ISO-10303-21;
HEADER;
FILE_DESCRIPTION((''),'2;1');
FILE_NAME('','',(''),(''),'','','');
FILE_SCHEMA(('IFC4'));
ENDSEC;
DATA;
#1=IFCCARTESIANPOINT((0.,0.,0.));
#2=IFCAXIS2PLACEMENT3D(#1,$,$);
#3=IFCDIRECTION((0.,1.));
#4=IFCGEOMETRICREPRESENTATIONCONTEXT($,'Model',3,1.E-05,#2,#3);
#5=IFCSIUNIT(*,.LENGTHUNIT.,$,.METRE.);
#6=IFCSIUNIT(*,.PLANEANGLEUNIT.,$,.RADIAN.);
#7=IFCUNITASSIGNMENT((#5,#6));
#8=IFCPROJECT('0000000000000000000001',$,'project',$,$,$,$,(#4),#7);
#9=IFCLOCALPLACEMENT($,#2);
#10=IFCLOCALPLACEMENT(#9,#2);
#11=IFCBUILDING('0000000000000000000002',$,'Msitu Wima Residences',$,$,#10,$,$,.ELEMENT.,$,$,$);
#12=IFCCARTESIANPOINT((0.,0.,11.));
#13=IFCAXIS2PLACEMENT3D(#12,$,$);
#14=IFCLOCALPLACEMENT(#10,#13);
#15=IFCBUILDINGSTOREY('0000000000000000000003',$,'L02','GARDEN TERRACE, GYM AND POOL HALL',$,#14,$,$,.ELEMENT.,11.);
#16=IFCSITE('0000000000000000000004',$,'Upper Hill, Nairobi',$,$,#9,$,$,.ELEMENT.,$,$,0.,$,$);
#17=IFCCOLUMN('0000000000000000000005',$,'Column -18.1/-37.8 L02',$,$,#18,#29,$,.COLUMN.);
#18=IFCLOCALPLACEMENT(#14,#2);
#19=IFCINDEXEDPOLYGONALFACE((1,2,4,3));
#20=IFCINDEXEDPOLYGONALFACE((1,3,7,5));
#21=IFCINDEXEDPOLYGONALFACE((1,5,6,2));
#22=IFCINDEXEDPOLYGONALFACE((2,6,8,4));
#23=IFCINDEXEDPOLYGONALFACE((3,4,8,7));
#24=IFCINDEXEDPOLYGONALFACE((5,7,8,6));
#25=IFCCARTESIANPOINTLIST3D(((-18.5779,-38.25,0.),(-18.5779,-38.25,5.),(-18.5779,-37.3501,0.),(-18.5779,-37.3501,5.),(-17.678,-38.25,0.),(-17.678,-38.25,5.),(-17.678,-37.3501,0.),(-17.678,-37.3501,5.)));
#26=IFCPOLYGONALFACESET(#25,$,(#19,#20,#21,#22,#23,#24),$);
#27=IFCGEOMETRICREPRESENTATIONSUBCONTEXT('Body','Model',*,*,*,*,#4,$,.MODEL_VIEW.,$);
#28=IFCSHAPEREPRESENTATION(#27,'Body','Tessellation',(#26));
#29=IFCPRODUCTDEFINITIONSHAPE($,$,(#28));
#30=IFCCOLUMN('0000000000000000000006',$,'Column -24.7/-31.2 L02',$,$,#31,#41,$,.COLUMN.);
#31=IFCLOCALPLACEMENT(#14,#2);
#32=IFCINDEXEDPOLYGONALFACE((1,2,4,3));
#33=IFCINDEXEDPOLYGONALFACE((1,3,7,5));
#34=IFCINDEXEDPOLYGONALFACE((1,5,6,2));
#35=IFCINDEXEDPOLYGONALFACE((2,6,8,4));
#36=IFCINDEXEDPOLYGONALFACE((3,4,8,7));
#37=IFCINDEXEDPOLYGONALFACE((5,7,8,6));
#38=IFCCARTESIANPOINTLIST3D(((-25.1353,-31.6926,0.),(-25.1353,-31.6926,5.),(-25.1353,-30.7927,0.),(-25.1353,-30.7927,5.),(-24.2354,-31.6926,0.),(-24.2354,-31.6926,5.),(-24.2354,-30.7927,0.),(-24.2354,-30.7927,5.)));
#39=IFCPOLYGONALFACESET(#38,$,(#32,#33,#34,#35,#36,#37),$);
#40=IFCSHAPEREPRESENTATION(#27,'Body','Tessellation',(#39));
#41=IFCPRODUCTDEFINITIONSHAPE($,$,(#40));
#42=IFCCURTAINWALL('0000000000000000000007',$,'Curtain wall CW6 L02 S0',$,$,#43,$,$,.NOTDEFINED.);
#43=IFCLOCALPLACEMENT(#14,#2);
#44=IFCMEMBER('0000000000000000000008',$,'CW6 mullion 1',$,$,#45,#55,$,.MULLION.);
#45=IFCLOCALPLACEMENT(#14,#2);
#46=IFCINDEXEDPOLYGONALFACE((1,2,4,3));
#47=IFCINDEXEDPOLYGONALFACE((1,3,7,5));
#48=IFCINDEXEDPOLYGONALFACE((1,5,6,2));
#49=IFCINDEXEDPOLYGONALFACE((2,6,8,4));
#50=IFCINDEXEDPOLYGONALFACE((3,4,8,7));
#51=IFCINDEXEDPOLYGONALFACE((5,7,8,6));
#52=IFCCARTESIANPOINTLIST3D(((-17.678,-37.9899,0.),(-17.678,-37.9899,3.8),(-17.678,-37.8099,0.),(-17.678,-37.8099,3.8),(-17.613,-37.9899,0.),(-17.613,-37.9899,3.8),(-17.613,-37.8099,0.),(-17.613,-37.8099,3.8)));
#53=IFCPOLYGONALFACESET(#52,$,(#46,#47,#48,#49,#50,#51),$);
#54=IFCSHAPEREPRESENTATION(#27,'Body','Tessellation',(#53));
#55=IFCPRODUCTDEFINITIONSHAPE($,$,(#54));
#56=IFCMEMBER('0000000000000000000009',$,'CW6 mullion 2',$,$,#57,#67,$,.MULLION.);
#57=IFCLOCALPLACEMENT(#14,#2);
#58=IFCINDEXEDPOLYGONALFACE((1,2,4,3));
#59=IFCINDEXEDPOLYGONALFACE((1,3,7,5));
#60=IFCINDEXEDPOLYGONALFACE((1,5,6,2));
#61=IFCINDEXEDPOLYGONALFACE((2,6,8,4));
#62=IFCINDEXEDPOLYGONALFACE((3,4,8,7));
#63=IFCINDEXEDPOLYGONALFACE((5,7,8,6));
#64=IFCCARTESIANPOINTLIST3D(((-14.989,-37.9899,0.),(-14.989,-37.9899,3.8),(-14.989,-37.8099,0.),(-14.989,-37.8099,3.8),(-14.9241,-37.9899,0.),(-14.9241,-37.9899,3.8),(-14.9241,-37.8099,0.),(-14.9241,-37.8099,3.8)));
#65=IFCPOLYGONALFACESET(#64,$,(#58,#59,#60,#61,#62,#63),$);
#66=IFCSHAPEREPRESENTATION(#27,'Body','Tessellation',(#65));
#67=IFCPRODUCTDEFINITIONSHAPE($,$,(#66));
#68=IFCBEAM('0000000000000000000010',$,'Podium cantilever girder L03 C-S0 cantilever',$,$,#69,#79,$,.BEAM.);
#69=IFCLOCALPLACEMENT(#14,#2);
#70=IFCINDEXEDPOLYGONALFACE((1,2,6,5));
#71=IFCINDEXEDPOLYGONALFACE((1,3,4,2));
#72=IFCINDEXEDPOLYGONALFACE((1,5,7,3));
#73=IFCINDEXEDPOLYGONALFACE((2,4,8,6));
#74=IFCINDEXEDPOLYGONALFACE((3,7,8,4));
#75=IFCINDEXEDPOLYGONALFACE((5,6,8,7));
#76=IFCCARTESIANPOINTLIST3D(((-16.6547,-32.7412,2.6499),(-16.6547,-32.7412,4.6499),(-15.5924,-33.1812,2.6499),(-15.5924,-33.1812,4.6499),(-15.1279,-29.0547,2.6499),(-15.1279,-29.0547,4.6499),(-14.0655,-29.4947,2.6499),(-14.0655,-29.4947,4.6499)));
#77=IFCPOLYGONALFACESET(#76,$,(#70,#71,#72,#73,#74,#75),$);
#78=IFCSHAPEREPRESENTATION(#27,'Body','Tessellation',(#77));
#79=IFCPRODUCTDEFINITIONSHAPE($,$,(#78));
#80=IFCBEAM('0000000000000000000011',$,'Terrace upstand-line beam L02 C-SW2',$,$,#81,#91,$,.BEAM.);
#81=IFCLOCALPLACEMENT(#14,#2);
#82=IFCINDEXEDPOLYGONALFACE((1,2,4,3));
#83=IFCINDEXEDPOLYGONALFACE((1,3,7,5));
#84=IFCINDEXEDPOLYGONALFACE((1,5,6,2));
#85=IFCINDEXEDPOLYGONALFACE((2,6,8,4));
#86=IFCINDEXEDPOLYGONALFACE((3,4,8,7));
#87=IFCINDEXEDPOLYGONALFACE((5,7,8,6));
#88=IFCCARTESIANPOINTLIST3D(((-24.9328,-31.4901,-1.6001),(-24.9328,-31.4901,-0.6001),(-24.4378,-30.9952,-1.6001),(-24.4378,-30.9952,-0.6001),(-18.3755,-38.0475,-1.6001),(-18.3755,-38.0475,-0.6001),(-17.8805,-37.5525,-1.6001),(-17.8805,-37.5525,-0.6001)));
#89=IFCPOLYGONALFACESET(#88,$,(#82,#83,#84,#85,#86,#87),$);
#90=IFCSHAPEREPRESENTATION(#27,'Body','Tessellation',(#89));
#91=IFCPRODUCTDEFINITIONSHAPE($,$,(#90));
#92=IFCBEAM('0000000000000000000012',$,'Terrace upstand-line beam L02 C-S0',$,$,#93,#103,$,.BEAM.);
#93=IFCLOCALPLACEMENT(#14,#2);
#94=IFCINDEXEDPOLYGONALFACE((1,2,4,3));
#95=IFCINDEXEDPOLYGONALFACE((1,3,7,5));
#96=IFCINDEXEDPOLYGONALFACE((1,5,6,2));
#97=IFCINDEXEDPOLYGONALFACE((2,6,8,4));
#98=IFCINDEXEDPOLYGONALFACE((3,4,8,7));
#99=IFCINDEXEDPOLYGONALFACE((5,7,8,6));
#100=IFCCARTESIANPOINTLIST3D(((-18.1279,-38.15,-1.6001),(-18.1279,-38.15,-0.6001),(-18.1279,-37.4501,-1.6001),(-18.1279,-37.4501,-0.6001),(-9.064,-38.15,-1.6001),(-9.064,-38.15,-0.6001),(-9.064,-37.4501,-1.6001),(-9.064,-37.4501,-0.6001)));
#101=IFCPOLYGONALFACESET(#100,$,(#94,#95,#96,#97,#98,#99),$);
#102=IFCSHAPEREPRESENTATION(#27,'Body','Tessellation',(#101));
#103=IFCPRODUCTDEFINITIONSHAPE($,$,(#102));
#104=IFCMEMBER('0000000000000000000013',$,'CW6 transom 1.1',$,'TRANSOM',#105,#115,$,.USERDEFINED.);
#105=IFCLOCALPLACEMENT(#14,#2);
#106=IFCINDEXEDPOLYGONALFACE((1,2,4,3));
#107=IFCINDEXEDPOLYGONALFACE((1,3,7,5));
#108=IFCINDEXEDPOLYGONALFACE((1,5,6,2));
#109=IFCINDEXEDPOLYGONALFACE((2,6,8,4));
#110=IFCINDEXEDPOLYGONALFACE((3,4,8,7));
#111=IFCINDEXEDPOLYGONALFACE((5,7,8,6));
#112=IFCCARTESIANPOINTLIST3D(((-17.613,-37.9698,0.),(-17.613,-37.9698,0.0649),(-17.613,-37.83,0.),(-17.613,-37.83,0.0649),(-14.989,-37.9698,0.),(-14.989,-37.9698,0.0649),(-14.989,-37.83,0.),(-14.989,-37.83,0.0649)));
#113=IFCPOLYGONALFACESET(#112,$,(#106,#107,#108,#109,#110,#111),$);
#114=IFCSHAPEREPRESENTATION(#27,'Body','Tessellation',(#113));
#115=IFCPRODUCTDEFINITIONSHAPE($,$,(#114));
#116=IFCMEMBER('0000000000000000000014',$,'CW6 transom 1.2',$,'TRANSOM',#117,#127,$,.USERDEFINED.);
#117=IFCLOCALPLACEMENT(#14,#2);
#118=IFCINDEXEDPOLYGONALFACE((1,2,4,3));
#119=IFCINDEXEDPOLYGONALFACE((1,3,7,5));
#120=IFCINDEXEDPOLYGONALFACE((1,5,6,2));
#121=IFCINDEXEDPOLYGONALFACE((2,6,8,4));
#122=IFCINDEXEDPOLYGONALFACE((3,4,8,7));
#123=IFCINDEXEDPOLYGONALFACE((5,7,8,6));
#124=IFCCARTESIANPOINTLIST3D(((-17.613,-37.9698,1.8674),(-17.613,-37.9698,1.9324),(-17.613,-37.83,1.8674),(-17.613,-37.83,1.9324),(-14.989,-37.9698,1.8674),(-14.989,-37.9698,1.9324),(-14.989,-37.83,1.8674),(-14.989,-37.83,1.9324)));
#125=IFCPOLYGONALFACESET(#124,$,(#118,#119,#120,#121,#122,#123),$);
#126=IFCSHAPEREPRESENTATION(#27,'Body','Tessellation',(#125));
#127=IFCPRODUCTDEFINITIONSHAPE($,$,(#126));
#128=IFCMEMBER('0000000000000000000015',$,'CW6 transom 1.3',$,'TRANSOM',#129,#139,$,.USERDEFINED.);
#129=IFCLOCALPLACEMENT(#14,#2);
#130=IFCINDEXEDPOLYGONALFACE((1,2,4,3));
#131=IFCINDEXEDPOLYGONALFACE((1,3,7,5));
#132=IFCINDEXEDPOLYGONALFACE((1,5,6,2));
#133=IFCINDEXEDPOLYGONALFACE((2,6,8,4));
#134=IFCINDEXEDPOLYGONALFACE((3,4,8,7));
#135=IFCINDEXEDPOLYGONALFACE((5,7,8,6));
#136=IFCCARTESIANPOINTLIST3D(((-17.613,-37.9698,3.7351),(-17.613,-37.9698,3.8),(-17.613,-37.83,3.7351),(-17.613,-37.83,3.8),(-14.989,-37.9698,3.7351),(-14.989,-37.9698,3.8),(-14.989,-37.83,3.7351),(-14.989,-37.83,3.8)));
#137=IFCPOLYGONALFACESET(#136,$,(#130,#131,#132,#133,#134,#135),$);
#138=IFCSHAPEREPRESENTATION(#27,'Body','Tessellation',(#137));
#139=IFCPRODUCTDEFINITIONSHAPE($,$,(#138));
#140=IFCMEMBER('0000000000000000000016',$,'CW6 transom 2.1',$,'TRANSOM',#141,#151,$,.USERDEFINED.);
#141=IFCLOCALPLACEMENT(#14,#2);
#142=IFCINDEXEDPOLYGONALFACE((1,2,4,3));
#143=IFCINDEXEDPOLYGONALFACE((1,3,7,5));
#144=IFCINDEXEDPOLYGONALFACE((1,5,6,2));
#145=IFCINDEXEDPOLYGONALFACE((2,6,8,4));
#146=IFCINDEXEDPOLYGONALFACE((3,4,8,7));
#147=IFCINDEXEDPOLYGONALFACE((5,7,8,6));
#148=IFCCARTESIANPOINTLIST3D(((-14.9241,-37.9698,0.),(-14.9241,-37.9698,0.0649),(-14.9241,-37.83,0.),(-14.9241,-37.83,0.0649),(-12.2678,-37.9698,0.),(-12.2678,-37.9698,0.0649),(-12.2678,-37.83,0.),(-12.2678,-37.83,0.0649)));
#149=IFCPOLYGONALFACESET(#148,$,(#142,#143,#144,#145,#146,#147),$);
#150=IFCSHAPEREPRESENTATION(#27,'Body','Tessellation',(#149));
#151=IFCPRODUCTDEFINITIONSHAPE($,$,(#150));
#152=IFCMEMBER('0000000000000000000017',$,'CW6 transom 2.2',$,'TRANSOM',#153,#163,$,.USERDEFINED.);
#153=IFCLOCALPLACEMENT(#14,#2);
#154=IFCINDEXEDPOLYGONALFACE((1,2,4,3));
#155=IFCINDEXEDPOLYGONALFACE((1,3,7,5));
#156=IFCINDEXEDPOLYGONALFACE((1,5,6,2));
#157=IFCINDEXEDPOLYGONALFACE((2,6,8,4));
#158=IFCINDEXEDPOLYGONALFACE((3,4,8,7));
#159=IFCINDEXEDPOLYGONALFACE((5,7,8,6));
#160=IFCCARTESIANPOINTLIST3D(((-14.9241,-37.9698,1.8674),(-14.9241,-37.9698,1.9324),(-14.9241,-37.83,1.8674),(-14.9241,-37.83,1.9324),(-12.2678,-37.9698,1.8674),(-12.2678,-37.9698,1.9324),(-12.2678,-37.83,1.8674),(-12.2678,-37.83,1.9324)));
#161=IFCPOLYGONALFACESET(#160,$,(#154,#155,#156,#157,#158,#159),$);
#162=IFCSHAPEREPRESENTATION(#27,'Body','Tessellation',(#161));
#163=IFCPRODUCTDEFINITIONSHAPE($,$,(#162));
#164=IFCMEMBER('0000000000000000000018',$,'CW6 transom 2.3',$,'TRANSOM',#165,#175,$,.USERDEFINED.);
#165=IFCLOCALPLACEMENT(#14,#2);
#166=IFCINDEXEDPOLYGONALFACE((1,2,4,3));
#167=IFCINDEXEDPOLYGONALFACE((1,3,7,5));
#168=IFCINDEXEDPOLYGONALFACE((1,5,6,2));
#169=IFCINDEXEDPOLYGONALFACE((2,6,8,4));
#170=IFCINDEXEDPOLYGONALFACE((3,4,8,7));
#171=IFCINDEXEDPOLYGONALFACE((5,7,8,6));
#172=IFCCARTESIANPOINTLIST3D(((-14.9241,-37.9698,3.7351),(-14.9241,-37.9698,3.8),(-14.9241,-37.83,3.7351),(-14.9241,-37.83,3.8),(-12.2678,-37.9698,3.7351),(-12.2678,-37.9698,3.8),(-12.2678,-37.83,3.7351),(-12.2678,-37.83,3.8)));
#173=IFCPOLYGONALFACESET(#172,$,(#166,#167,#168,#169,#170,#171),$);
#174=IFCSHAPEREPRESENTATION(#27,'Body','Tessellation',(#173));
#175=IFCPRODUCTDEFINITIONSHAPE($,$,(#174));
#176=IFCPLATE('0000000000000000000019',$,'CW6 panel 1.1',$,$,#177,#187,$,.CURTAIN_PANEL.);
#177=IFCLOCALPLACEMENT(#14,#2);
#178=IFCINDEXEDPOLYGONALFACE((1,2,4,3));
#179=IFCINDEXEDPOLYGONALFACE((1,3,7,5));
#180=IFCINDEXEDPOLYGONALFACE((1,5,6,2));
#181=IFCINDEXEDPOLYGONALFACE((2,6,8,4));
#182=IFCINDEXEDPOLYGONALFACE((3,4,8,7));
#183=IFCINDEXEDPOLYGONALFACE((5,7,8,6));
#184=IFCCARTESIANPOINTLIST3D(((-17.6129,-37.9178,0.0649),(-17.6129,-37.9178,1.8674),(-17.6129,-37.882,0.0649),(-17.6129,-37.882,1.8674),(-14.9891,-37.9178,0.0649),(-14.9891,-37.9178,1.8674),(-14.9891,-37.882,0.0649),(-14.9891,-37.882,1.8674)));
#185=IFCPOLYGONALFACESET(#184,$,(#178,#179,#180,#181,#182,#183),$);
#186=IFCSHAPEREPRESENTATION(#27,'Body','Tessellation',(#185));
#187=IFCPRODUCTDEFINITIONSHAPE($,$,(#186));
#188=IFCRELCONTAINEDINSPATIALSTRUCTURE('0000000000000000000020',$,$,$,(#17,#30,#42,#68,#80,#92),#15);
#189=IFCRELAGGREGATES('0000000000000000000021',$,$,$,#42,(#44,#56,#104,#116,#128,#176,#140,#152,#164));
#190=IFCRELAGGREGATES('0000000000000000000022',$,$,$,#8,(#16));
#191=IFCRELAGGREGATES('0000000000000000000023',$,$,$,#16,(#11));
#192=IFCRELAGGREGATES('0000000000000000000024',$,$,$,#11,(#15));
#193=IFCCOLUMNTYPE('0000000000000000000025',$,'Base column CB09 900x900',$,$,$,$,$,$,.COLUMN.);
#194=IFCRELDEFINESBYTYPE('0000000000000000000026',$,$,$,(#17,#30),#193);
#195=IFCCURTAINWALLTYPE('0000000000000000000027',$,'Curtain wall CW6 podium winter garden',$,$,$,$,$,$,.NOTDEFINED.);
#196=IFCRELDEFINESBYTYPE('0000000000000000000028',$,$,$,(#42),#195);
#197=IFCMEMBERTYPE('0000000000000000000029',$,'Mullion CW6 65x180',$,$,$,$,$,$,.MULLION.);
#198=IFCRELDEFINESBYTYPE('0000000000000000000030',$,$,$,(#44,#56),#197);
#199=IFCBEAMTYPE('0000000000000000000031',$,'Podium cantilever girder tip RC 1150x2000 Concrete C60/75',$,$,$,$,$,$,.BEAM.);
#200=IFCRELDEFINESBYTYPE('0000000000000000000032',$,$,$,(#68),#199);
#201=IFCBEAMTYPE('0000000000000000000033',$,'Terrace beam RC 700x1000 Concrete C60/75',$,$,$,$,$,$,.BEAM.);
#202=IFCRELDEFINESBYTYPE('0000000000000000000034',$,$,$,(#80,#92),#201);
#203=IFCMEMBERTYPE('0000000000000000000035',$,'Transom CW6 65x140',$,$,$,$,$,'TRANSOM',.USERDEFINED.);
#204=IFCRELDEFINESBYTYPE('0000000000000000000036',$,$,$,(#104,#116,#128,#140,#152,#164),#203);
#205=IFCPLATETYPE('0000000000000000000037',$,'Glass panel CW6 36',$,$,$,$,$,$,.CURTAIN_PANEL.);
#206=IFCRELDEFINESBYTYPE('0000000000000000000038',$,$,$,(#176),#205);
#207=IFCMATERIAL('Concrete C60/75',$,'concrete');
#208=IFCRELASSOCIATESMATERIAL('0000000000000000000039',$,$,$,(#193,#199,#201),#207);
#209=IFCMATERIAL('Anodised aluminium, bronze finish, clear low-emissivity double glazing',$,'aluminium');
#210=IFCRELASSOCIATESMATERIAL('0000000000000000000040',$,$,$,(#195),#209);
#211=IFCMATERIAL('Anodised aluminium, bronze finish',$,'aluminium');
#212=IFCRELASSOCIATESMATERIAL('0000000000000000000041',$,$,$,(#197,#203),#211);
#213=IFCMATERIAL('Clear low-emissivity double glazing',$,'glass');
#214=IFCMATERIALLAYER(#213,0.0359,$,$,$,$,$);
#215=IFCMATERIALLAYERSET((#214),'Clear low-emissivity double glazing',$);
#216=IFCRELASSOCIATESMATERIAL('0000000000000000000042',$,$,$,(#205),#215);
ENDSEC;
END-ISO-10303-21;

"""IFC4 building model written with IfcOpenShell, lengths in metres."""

from ifc_helpers import new_model, si_unit, direction, frame, origin, origin_2d, place, context, subcontext, project, spatial, rectangle, extrude, material, layer, layer_set, material_profile, profile_set, type_object, element, aggregate, save


model = new_model("IFC4")

# Units and contexts
model_context = context("Model", 3, precision=1e-05, world=origin(), true_north=direction((0.0, 1.0)))
body_context = subcontext(model_context, "Body", "Model", "MODEL_VIEW")
ifc_project = project(units=[si_unit("LENGTHUNIT", "METRE"), si_unit("PLANEANGLEUNIT", "RADIAN")], contexts=[model_context])

# Site, building, storey
site_placement = place(None, origin())
site = spatial("IfcSite", under=ifc_project, at=site_placement, Name="Upper Hill, Nairobi", CompositionType="ELEMENT", RefElevation=0.0)
building_placement = place(site_placement, origin())
building = spatial("IfcBuilding", under=site, at=building_placement, Name="Msitu Wima Residences", CompositionType="ELEMENT")
storey_placement = place(building_placement, frame((0.0, 0.0, 11.0)))
storey = spatial("IfcBuildingStorey", under=building, at=storey_placement, Name="L02", Description="GARDEN TERRACE, GYM AND POOL HALL", CompositionType="ELEMENT", Elevation=11.0)

# Columns
ifc_material_1 = material(Name="Concrete C60/75", Category="concrete")
ifc_material_profile_1 = material_profile(ifc_material_1, rectangle(XDim=0.8999, YDim=0.8999, at=origin_2d()), Name="RC 900x900")
ifc_profile_set_1 = profile_set([ifc_material_profile_1], Name="Concrete C60/75")
column_type = type_object("IfcColumnType", Name="Base column CB09 900x900", PredefinedType="COLUMN", material=ifc_profile_set_1)
for number, where, z_axis, x_axis, name in (
    (1, (-18.1279, -37.8, 0.0), (0.0, 0.0, 1.0), (1.0, 0.0, 0.0), "Column -18.1/-37.8 L02"),
    (2, (-24.6853, -31.2427, 0.0), (0.0, 0.0, 1.0), (1.0, 0.0, 0.0), "Column -24.7/-31.2 L02"),
):
    element("IfcColumn", number, at=place(storey_placement, frame(where, z_axis=z_axis, x_axis=x_axis)), inside=storey, type_object=column_type, Name=name, PredefinedType="COLUMN", context=body_context, shape_type="SweptSolid", body=[
        extrude(rectangle(XDim=0.8999, YDim=0.8999, at=origin_2d()), origin(), (0.0, 0.0, 1.0), 5.0),
    ])

# Curtain wall, members
ifc_material_2 = material(Name="Anodised aluminium, bronze finish, clear low-emissivity double glazing", Category="aluminium")
curtain_wall_type = type_object("IfcCurtainWallType", Name="Curtain wall CW6 podium winter garden", PredefinedType="NOTDEFINED", material=ifc_material_2)
curtain_wall_placement = place(storey_placement, origin())
curtain_wall = element("IfcCurtainWall", 3, at=curtain_wall_placement, inside=storey, type_object=curtain_wall_type, Name="Curtain wall CW6 L02 S0", PredefinedType="NOTDEFINED")
ifc_material_3 = material(Name="Anodised aluminium, bronze finish", Category="aluminium")
ifc_material_profile_2 = material_profile(ifc_material_3, rectangle(XDim=0.1799, YDim=0.0649, at=origin_2d()), Name="Mullion 65x180")
ifc_profile_set_2 = profile_set([ifc_material_profile_2], Name="Anodised aluminium, bronze finish")
member_type_1 = type_object("IfcMemberType", Name="Mullion CW6 65x180", PredefinedType="MULLION", material=ifc_profile_set_2)
member_1_placement = place(storey_placement, frame((-17.6455, -37.8999, 0.0), z_axis=(0.0, 0.0, 1.0), x_axis=(0.0, 1.0, 0.0)))
member_1 = element("IfcMember", 4, at=member_1_placement, type_object=member_type_1, Name="CW6 mullion 1", PredefinedType="MULLION", context=body_context, shape_type="SweptSolid", body=[
    extrude(rectangle(XDim=0.1799, YDim=0.0649, at=origin_2d()), origin(), (0.0, 0.0, 1.0), 3.8),
])
member_2_placement = place(storey_placement, frame((-14.9565, -37.8999, 0.0), z_axis=(0.0, 0.0, 1.0), x_axis=(0.0, 1.0, 0.0)))
member_2 = element("IfcMember", 5, at=member_2_placement, type_object=member_type_1, Name="CW6 mullion 2", PredefinedType="MULLION", context=body_context, shape_type="SweptSolid", body=[
    extrude(rectangle(XDim=0.1799, YDim=0.0649, at=origin_2d()), origin(), (0.0, 0.0, 1.0), 3.8),
])

# Beams
ifc_material_profile_3 = material_profile(ifc_material_1, rectangle(XDim=1.1499, YDim=2.0, at=origin_2d()), Name="RC 1150x2000")
ifc_profile_set_3 = profile_set([ifc_material_profile_3], Name="Concrete C60/75")
beam_type_1 = type_object("IfcBeamType", Name="Podium cantilever girder tip RC 1150x2000 Concrete C60/75", PredefinedType="BEAM", material=ifc_profile_set_3)
beam_1_placement = place(storey_placement, frame((-14.5967, -29.2747, 3.6499), z_axis=(-0.382651, -0.923893, 0.0), x_axis=(0.923893, -0.382651, 0.0)))
element("IfcBeam", 6, at=beam_1_placement, inside=storey, type_object=beam_type_1, Name="Podium cantilever girder L03 C-S0 cantilever", PredefinedType="BEAM", context=body_context, shape_type="SweptSolid", body=[
    extrude(rectangle(XDim=1.1499, YDim=2.0, at=origin_2d()), origin(), (0.0, 0.0, 1.0), 3.9902),
])
ifc_material_profile_4 = material_profile(ifc_material_1, rectangle(XDim=0.7, YDim=1.0, at=origin_2d()), Name="RC 700x1000")
ifc_profile_set_4 = profile_set([ifc_material_profile_4], Name="Concrete C60/75")
beam_type_2 = type_object("IfcBeamType", Name="Terrace beam RC 700x1000 Concrete C60/75", PredefinedType="BEAM", material=ifc_profile_set_4)
beam_2_placement = place(storey_placement, frame((-24.6853, -31.2427, -1.1001), z_axis=(0.707107, -0.707107, 0.0), x_axis=(0.707107, 0.707107, 0.0)))
element("IfcBeam", 7, at=beam_2_placement, inside=storey, type_object=beam_type_2, Name="Terrace upstand-line beam L02 C-SW2", PredefinedType="BEAM", context=body_context, shape_type="SweptSolid", body=[
    extrude(rectangle(XDim=0.7, YDim=1.0, at=origin_2d()), origin(), (0.0, 0.0, 1.0), 9.2734),
])
beam_3_placement = place(storey_placement, frame((-18.1279, -37.8, -1.1001), z_axis=(1.0, 0.0, 0.0), x_axis=(0.0, 1.0, 0.0)))
element("IfcBeam", 8, at=beam_3_placement, inside=storey, type_object=beam_type_2, Name="Terrace upstand-line beam L02 C-S0", PredefinedType="BEAM", context=body_context, shape_type="SweptSolid", body=[
    extrude(rectangle(XDim=0.7, YDim=1.0, at=origin_2d()), origin(), (0.0, 0.0, 1.0), 9.064),
])

# Members
ifc_material_profile_5 = material_profile(ifc_material_3, rectangle(XDim=0.1399, YDim=0.0649, at=origin_2d()), Name="Transom 65x140")
ifc_profile_set_5 = profile_set([ifc_material_profile_5], Name="Anodised aluminium, bronze finish")
member_type_2 = type_object("IfcMemberType", Name="Transom CW6 65x140", ElementType="TRANSOM", PredefinedType="USERDEFINED", material=ifc_profile_set_5)
member_3_placement = place(storey_placement, frame((-17.613, -37.8999, 0.0325), z_axis=(1.0, 0.0, 0.0), x_axis=(0.0, 1.0, 0.0)))
member_3 = element("IfcMember", 9, at=member_3_placement, type_object=member_type_2, Name="CW6 transom 1.1", ObjectType="TRANSOM", PredefinedType="USERDEFINED", context=body_context, shape_type="SweptSolid", body=[
    extrude(rectangle(XDim=0.1399, YDim=0.0649, at=origin_2d()), origin(), (0.0, 0.0, 1.0), 2.624),
])
member_4_placement = place(storey_placement, frame((-17.613, -37.8999, 1.8999), z_axis=(1.0, 0.0, 0.0), x_axis=(0.0, 1.0, 0.0)))
member_4 = element("IfcMember", 10, at=member_4_placement, type_object=member_type_2, Name="CW6 transom 1.2", ObjectType="TRANSOM", PredefinedType="USERDEFINED", context=body_context, shape_type="SweptSolid", body=[
    extrude(rectangle(XDim=0.1399, YDim=0.0649, at=origin_2d()), origin(), (0.0, 0.0, 1.0), 2.624),
])
member_5_placement = place(storey_placement, frame((-17.613, -37.8999, 3.7676), z_axis=(1.0, 0.0, 0.0), x_axis=(0.0, 1.0, 0.0)))
member_5 = element("IfcMember", 11, at=member_5_placement, type_object=member_type_2, Name="CW6 transom 1.3", ObjectType="TRANSOM", PredefinedType="USERDEFINED", context=body_context, shape_type="SweptSolid", body=[
    extrude(rectangle(XDim=0.1399, YDim=0.0649, at=origin_2d()), origin(), (0.0, 0.0, 1.0), 2.624),
])
member_6_placement = place(storey_placement, frame((-14.9241, -37.8999, 0.0325), z_axis=(1.0, 0.0, 0.0), x_axis=(0.0, 1.0, 0.0)))
member_6 = element("IfcMember", 12, at=member_6_placement, type_object=member_type_2, Name="CW6 transom 2.1", ObjectType="TRANSOM", PredefinedType="USERDEFINED", context=body_context, shape_type="SweptSolid", body=[
    extrude(rectangle(XDim=0.1399, YDim=0.0649, at=origin_2d()), origin(), (0.0, 0.0, 1.0), 2.6562),
])
member_7_placement = place(storey_placement, frame((-14.9241, -37.8999, 1.8999), z_axis=(1.0, 0.0, 0.0), x_axis=(0.0, 1.0, 0.0)))
member_7 = element("IfcMember", 13, at=member_7_placement, type_object=member_type_2, Name="CW6 transom 2.2", ObjectType="TRANSOM", PredefinedType="USERDEFINED", context=body_context, shape_type="SweptSolid", body=[
    extrude(rectangle(XDim=0.1399, YDim=0.0649, at=origin_2d()), origin(), (0.0, 0.0, 1.0), 2.6562),
])
member_8_placement = place(storey_placement, frame((-14.9241, -37.8999, 3.7676), z_axis=(1.0, 0.0, 0.0), x_axis=(0.0, 1.0, 0.0)))
member_8 = element("IfcMember", 14, at=member_8_placement, type_object=member_type_2, Name="CW6 transom 2.3", ObjectType="TRANSOM", PredefinedType="USERDEFINED", context=body_context, shape_type="SweptSolid", body=[
    extrude(rectangle(XDim=0.1399, YDim=0.0649, at=origin_2d()), origin(), (0.0, 0.0, 1.0), 2.6562),
])

# Plate
ifc_material_4 = material(Name="Clear low-emissivity double glazing", Category="glass")
ifc_layer_1 = layer(ifc_material_4, 0.0359)
ifc_layer_set_1 = layer_set([ifc_layer_1], Name="Clear low-emissivity double glazing")
plate_type = type_object("IfcPlateType", Name="Glass panel CW6 36", PredefinedType="CURTAIN_PANEL", material=ifc_layer_set_1)
plate_1_placement = place(storey_placement, frame((-16.301, -37.8999, 0.0649), z_axis=(0.0, 0.0, 1.0), x_axis=(1.0, 0.0, 0.0)))
plate_1 = element("IfcPlate", 15, at=plate_1_placement, type_object=plate_type, Name="CW6 panel 1.1", PredefinedType="CURTAIN_PANEL", context=body_context, shape_type="SweptSolid", body=[
    extrude(rectangle(XDim=2.6238, YDim=0.0359, at=origin_2d()), origin(), (0.0, 0.0, 1.0), 1.8025),
])
aggregate(curtain_wall, [member_1, member_2, member_3, member_4, member_5, plate_1, member_6, member_7, member_8])

save(model, "model.ifc")
